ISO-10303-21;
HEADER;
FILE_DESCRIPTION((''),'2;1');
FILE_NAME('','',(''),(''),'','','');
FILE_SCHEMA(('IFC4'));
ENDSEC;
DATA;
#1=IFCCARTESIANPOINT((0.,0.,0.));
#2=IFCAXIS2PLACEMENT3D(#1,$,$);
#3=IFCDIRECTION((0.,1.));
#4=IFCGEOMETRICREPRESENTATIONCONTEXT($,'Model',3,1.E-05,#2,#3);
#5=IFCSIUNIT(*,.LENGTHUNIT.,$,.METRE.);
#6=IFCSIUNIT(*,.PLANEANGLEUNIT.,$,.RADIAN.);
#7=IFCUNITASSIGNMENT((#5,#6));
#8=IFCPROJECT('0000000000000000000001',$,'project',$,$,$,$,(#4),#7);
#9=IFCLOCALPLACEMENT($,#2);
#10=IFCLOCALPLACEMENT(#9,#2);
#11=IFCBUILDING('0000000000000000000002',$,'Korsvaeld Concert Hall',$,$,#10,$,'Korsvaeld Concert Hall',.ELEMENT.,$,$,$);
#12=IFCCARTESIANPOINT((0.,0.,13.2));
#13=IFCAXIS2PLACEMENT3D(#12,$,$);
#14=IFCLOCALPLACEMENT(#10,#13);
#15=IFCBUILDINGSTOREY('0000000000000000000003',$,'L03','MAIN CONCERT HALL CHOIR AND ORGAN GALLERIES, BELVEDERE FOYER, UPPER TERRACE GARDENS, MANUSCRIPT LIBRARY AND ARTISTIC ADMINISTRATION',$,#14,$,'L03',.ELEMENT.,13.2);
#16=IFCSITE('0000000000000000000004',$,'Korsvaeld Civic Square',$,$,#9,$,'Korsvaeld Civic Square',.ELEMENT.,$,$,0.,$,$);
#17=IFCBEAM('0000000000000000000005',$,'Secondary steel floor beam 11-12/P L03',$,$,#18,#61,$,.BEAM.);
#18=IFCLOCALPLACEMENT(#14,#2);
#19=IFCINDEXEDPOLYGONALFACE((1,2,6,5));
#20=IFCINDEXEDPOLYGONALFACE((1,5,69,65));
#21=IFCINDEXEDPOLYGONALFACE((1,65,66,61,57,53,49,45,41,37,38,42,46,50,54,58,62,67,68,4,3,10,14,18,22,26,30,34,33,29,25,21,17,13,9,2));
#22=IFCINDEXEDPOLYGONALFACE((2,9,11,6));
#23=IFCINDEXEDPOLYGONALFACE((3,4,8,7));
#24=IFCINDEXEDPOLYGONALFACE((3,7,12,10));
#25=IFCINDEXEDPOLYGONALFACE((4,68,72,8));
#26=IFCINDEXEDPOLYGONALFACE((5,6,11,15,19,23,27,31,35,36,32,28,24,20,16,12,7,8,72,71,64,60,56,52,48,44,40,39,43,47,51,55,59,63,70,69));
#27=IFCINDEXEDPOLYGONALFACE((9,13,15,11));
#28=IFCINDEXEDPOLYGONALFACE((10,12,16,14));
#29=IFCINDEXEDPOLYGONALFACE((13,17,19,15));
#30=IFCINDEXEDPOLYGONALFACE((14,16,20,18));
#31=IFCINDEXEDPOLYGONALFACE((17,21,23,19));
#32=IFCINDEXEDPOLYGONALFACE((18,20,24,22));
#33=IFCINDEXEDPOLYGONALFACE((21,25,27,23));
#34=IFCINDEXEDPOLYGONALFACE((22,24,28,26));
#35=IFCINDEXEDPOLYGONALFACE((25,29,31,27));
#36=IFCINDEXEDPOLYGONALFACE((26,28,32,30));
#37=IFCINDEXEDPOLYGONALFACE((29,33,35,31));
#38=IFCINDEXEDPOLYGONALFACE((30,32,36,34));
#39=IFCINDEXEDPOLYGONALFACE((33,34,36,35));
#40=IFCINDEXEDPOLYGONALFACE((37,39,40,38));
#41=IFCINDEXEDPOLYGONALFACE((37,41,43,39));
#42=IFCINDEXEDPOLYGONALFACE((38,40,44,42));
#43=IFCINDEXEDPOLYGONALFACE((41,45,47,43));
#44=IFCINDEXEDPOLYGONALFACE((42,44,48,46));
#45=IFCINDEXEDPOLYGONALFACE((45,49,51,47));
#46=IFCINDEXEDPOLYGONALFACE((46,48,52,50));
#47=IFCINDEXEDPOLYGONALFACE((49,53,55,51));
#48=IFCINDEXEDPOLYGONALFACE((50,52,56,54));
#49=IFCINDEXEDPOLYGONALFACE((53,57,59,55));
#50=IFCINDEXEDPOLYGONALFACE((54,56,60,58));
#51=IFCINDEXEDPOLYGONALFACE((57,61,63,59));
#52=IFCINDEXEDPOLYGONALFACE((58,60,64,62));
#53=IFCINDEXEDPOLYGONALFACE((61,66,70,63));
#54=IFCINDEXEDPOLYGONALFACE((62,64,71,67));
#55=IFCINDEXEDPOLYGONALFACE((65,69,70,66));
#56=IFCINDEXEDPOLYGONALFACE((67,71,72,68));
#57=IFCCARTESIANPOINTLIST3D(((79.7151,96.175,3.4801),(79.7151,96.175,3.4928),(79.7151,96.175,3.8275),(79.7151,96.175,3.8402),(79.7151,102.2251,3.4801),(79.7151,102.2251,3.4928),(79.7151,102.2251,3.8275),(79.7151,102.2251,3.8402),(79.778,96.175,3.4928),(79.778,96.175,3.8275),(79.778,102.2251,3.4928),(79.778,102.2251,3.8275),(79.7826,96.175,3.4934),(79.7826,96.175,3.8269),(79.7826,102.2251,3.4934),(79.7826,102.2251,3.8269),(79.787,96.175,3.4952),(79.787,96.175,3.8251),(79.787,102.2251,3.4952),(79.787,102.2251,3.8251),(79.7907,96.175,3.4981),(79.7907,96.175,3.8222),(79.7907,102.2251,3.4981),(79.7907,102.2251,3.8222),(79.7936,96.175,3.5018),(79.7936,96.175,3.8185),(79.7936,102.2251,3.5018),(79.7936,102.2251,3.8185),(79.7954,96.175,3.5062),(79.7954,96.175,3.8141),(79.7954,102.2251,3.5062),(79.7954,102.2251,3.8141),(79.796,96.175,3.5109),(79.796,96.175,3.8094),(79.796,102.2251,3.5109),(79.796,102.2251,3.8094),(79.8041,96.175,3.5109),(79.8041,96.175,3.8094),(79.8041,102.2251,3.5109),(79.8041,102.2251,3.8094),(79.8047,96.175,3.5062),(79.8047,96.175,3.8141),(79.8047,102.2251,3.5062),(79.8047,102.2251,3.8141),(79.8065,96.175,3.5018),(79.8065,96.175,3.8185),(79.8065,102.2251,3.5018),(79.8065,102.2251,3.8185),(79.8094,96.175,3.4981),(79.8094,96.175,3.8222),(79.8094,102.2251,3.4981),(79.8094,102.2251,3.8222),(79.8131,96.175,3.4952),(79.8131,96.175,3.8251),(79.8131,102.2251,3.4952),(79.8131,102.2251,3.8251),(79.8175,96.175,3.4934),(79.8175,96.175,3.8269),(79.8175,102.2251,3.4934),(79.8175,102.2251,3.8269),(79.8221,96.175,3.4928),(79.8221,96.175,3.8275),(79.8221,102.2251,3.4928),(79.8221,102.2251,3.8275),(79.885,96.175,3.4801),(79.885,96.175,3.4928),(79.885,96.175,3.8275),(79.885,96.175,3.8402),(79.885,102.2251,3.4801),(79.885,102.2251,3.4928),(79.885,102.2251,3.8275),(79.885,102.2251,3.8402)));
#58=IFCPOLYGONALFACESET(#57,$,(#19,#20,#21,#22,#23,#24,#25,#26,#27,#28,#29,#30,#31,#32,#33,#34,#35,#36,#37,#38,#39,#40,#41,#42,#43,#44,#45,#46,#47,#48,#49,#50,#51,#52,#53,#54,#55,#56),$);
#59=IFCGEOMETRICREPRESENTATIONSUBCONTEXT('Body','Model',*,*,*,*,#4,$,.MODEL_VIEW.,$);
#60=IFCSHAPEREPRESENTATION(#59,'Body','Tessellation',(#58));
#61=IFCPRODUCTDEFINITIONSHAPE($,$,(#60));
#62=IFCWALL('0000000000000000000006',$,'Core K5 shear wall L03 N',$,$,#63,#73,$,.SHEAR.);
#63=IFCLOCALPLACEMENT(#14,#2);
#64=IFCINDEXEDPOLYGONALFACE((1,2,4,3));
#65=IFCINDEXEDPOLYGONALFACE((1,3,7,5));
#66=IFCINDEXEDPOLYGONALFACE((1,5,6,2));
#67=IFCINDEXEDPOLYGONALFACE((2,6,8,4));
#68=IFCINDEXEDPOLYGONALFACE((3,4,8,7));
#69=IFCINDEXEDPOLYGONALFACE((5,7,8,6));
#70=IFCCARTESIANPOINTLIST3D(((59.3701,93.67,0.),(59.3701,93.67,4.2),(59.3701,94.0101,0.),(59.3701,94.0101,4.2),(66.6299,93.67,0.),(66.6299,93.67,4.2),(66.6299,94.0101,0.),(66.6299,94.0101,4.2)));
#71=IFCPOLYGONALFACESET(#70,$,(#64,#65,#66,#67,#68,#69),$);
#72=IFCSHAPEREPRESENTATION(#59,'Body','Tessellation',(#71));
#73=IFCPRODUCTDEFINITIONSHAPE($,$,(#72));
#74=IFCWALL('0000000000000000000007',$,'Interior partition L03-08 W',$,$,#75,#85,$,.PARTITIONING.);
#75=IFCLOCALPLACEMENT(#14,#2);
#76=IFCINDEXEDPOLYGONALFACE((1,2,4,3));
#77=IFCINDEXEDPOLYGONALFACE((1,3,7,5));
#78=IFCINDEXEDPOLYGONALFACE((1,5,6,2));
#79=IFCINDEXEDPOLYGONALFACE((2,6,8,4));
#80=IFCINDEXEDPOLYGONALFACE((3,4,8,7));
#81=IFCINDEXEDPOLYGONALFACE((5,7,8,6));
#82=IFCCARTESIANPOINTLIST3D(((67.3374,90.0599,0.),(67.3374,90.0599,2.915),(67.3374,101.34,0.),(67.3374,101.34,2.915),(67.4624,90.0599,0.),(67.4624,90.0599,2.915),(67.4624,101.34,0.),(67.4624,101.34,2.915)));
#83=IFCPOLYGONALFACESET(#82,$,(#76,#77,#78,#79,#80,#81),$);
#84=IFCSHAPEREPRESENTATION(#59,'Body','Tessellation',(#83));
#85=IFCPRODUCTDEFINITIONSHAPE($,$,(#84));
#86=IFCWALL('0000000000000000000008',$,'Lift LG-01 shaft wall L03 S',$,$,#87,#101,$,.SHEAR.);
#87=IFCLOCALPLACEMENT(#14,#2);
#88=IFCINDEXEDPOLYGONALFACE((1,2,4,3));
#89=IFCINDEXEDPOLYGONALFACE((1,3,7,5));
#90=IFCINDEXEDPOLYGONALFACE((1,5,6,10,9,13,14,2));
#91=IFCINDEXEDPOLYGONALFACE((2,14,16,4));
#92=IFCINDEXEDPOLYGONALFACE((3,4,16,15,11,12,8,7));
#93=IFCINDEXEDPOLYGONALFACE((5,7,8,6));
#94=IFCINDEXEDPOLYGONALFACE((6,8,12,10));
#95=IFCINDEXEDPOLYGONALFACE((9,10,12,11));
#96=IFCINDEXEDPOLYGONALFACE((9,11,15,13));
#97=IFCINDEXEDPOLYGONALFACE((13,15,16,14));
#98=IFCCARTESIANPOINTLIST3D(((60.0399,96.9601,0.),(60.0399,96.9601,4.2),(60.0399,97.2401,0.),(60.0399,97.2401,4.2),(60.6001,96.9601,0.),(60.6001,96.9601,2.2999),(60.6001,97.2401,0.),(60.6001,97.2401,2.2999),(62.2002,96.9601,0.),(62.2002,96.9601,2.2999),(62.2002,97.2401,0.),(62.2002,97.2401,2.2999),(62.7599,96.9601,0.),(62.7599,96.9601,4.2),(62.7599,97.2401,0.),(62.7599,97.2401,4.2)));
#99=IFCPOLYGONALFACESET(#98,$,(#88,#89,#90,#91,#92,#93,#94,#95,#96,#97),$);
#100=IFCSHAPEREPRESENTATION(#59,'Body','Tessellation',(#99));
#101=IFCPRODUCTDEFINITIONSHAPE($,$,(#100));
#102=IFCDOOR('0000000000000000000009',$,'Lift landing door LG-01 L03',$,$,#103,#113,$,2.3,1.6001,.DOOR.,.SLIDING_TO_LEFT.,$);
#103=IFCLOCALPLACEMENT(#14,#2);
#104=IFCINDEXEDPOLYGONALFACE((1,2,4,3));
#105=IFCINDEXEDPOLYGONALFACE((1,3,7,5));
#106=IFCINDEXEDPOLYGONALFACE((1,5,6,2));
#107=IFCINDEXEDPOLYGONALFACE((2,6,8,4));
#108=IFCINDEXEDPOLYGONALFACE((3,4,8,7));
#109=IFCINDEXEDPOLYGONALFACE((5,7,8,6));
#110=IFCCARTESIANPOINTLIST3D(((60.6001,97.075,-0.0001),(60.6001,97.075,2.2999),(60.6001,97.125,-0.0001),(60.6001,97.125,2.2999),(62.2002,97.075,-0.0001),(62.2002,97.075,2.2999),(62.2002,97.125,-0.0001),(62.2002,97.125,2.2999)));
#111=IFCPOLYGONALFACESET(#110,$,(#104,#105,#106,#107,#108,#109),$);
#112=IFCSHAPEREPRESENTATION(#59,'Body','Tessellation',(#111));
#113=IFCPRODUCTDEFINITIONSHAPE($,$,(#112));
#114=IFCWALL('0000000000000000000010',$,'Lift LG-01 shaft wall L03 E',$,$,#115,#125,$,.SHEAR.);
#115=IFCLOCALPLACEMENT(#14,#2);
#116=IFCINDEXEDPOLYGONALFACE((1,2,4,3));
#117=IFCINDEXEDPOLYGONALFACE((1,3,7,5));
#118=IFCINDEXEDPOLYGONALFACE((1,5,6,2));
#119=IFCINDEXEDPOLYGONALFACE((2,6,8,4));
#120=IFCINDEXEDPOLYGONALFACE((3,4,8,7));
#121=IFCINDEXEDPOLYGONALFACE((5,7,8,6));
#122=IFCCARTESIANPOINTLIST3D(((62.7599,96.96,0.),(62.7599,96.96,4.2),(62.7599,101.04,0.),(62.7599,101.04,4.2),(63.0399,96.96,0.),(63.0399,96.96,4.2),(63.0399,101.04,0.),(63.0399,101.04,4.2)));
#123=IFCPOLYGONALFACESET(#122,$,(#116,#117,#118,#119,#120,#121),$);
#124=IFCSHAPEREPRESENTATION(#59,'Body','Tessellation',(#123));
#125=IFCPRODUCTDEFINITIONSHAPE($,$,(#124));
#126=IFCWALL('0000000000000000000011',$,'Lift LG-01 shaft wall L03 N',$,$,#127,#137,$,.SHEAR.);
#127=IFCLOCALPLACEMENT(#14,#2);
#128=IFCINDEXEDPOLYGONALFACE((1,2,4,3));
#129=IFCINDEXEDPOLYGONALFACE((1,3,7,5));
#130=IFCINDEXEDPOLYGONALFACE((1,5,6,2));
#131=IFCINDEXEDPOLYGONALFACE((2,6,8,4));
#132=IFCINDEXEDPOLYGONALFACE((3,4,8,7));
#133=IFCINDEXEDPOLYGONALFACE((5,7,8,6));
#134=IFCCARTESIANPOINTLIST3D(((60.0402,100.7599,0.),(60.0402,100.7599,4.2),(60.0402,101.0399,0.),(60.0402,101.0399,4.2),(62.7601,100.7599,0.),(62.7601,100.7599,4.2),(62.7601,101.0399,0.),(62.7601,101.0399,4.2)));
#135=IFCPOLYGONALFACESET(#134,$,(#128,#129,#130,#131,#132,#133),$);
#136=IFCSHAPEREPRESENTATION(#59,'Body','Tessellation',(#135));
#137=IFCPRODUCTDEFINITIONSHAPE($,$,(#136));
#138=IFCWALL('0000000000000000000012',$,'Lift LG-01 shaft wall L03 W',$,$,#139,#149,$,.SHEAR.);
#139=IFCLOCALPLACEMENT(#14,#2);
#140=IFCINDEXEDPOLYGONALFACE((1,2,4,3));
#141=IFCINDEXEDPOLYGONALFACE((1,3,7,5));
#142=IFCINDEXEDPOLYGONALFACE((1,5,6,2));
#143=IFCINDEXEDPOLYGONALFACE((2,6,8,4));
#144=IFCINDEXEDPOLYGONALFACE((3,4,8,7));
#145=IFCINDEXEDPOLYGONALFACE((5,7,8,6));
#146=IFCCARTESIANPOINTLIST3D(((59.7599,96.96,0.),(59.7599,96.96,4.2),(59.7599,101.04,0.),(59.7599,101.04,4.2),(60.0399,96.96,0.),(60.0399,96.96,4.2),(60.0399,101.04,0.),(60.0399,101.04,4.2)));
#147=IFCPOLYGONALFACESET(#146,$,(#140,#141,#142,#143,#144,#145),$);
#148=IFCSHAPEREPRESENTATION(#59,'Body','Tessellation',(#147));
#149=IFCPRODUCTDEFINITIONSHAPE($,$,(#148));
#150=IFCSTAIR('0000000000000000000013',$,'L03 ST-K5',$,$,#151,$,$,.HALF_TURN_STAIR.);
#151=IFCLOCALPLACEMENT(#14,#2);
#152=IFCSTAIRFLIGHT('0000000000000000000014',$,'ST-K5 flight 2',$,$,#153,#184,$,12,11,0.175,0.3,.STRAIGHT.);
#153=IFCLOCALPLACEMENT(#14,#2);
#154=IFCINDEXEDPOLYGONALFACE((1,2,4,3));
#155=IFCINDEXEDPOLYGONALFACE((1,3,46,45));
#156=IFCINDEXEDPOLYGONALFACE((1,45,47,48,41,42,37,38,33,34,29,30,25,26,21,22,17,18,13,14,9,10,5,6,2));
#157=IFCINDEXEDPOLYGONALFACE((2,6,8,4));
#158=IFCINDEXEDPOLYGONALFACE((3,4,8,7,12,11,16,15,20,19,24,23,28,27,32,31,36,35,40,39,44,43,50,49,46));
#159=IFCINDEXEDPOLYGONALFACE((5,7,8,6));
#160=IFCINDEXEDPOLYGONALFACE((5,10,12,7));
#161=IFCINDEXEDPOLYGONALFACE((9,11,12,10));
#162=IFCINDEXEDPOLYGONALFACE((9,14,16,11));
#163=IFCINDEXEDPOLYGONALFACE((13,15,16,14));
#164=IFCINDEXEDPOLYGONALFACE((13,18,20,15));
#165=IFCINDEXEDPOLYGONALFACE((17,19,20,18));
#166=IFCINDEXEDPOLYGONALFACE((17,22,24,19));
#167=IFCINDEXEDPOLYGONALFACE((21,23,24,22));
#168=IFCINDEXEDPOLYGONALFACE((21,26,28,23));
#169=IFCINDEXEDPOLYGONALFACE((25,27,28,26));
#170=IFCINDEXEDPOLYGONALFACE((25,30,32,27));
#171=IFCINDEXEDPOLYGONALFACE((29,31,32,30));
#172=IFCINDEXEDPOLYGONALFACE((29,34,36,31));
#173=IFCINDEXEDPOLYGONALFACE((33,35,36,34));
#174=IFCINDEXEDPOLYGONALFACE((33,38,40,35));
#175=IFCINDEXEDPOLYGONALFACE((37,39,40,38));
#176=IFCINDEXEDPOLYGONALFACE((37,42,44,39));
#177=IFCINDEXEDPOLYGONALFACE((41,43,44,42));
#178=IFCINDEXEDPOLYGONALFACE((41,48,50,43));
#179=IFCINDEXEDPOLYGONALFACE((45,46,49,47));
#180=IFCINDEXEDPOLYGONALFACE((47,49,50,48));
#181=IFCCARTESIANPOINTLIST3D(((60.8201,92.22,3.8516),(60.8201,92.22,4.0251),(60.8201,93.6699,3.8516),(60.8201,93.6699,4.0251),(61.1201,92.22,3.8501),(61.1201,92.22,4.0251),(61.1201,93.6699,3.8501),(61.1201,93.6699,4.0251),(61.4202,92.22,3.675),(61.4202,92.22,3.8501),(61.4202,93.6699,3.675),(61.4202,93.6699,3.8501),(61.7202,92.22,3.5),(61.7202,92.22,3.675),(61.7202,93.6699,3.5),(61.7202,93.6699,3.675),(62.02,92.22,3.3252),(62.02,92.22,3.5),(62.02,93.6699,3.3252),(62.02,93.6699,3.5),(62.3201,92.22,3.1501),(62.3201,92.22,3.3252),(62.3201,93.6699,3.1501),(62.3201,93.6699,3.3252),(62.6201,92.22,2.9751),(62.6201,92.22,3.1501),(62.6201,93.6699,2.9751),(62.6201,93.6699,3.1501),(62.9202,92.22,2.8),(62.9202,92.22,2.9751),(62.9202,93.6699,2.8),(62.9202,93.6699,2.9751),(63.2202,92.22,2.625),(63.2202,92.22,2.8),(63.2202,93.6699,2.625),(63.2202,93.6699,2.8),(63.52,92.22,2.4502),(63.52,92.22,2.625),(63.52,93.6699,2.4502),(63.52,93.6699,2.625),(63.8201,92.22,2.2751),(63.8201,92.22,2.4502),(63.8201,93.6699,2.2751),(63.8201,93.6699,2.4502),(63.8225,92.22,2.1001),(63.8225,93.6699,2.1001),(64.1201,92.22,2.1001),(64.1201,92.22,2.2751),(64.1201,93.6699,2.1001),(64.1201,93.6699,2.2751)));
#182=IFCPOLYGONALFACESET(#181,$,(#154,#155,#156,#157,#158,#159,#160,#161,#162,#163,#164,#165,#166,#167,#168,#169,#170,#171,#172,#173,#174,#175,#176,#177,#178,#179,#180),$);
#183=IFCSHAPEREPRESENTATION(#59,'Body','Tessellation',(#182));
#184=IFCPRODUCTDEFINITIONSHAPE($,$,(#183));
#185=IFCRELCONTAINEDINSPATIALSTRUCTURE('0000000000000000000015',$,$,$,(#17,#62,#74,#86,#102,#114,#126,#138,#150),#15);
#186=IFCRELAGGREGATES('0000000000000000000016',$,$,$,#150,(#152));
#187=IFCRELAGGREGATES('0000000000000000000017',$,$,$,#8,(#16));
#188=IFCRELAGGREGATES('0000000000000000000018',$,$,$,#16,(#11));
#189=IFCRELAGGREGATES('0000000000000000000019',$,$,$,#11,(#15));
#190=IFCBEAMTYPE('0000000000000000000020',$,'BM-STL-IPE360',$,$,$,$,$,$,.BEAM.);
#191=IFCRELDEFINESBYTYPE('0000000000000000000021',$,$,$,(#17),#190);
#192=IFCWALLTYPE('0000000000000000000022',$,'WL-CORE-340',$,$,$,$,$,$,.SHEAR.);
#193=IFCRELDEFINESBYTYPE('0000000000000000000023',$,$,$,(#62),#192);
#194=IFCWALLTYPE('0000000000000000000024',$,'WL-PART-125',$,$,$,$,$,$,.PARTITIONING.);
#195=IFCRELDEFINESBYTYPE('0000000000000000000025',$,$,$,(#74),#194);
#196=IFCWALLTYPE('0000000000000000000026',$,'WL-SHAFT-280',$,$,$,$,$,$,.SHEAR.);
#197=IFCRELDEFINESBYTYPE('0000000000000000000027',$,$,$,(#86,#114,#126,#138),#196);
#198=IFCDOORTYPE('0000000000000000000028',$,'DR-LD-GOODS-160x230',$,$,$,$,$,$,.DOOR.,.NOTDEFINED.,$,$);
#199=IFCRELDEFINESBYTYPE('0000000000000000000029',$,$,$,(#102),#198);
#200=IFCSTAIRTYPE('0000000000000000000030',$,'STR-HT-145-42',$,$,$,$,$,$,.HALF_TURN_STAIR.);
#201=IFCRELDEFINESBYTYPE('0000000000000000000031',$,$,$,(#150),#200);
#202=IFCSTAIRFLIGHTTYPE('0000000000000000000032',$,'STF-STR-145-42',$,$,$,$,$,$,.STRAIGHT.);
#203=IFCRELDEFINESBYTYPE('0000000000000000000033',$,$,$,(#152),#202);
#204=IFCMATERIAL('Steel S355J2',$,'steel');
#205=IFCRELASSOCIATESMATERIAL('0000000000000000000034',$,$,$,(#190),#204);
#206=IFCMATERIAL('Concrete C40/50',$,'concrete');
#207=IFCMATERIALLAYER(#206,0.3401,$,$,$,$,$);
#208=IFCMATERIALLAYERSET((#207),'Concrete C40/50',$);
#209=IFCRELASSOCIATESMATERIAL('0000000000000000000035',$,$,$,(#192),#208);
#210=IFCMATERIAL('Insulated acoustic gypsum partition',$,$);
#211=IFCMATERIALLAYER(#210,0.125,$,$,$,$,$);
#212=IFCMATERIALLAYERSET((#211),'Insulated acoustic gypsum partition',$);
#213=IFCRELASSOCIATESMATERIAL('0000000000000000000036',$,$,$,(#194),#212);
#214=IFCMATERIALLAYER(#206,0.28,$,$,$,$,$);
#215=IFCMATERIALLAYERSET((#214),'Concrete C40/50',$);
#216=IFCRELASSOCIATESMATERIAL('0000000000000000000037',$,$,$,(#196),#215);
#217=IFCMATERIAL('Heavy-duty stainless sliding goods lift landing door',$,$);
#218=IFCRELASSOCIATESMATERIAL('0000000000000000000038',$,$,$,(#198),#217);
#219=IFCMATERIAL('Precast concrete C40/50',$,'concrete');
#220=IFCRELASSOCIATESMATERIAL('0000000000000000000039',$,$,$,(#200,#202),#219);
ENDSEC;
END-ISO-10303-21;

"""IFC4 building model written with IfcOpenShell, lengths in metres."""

from ifc_helpers import new_model, si_unit, direction, frame, frame_2d, origin, origin_2d, place, context, subcontext, project, spatial, polyline, rectangle, i_section, outline, extrude, material, layer, layer_set, material_profile, profile_set, type_object, element, fill, aggregate, save


model = new_model("IFC4")

# Units and contexts
model_context = context("Model", 3, precision=1e-05, world=origin(), true_north=direction((0.0, 1.0)))
body_context = subcontext(model_context, "Body", "Model", "MODEL_VIEW")
ifc_project = project(units=[si_unit("LENGTHUNIT", "METRE"), si_unit("PLANEANGLEUNIT", "RADIAN")], contexts=[model_context])

# Site, building, storey
site_placement = place(None, origin())
site = spatial("IfcSite", under=ifc_project, at=site_placement, Name="Korsvaeld Civic Square", LongName="Korsvaeld Civic Square", CompositionType="ELEMENT", RefElevation=0.0)
building_placement = place(site_placement, origin())
building = spatial("IfcBuilding", under=site, at=building_placement, Name="Korsvaeld Concert Hall", LongName="Korsvaeld Concert Hall", CompositionType="ELEMENT")
storey_placement = place(building_placement, frame((0.0, 0.0, 13.2)))
storey = spatial("IfcBuildingStorey", under=building, at=storey_placement, Name="L03", Description="MAIN CONCERT HALL CHOIR AND ORGAN GALLERIES, BELVEDERE FOYER, UPPER TERRACE GARDENS, MANUSCRIPT LIBRARY AND ARTISTIC ADMINISTRATION", LongName="L03", CompositionType="ELEMENT", Elevation=13.2)

# Shared definitions
ifc_material_1 = material(Name="Concrete C40/50", Category="concrete")

# Beam
ifc_material_2 = material(Name="Steel S355J2", Category="steel")
ifc_material_profile_1 = material_profile(ifc_material_2, i_section(OverallWidth=0.1699, OverallDepth=0.3601, WebThickness=0.0081, FlangeThickness=0.0127, FilletRadius=0.0181, at=origin_2d()), Name="IPE 360")
ifc_profile_set_1 = profile_set([ifc_material_profile_1], Name="Steel S355J2")
beam_type_1 = type_object("IfcBeamType", Name="BM-STL-IPE360", PredefinedType="BEAM", material=ifc_profile_set_1)
beam_1_placement = place(storey_placement, frame((79.8, 96.175, 3.6602), z_axis=(0.0, 1.0, 0.0), x_axis=(-1.0, 0.0, 0.0)))
element("IfcBeam", 1, at=beam_1_placement, inside=storey, type_object=beam_type_1, Name="Secondary steel floor beam 11-12/P L03", PredefinedType="BEAM", context=body_context, shape_type="SweptSolid", body=[
    extrude(i_section(OverallWidth=0.1699, OverallDepth=0.3601, WebThickness=0.0081, FlangeThickness=0.0127, FilletRadius=0.0181, at=origin_2d()), origin(), (0.0, 0.0, 1.0), 6.05),
])

# Wall
ifc_layer_1 = layer(ifc_material_1, 0.3401)
ifc_layer_set_1 = layer_set([ifc_layer_1], Name="Concrete C40/50")
wall_type_1 = type_object("IfcWallType", Name="WL-CORE-340", PredefinedType="SHEAR", material=ifc_layer_set_1)
wall_1_placement = place(storey_placement, frame((66.6299, 93.8401, 0.0), z_axis=(0.0, 0.0, 1.0), x_axis=(-1.0, 0.0, 0.0)))
element("IfcWall", 2, at=wall_1_placement, inside=storey, type_object=wall_type_1, Name="Core K5 shear wall L03 N", PredefinedType="SHEAR", context=body_context, shape_type="SweptSolid", body=[
    extrude(rectangle(XDim=7.2598, YDim=0.3401, at=frame_2d((3.6299, 0.0))), origin(), (0.0, 0.0, 1.0), 4.2),
])

# Wall
ifc_material_3 = material(Name="Insulated acoustic gypsum partition")
ifc_layer_2 = layer(ifc_material_3, 0.125)
ifc_layer_set_2 = layer_set([ifc_layer_2], Name="Insulated acoustic gypsum partition")
wall_type_2 = type_object("IfcWallType", Name="WL-PART-125", PredefinedType="PARTITIONING", material=ifc_layer_set_2)
wall_2_placement = place(storey_placement, frame((67.3999, 101.3401, 0.0), z_axis=(0.0, 0.0, 1.0), x_axis=(0.0, -1.0, 0.0)))
element("IfcWall", 3, at=wall_2_placement, inside=storey, type_object=wall_type_2, Name="Interior partition L03-08 W", PredefinedType="PARTITIONING", context=body_context, shape_type="SweptSolid", body=[
    extrude(rectangle(XDim=11.28, YDim=0.125, at=frame_2d((5.6401, 0.0))), origin(), (0.0, 0.0, 1.0), 2.915),
])

# Wall, opening, door
ifc_layer_3 = layer(ifc_material_1, 0.28)
ifc_layer_set_3 = layer_set([ifc_layer_3], Name="Concrete C40/50")
wall_type_3 = type_object("IfcWallType", Name="WL-SHAFT-280", PredefinedType="SHEAR", material=ifc_layer_set_3)
wall_3_placement = place(storey_placement, frame((60.04, 97.1001, 0.0), z_axis=(0.0, 0.0, 1.0), x_axis=(1.0, 0.0, 0.0)))
wall_3 = element("IfcWall", 4, at=wall_3_placement, inside=storey, type_object=wall_type_3, Name="Lift LG-01 shaft wall L03 S", PredefinedType="SHEAR", context=body_context, shape_type="SweptSolid", body=[
    extrude(rectangle(XDim=2.72, YDim=0.28, at=frame_2d((1.3599, 0.0))), origin(), (0.0, 0.0, 1.0), 4.2),
])
opening_1_placement = place(wall_3_placement, frame((0.5601, 0.0, 0.0)))
opening_1 = element("IfcOpeningElement", 5, at=opening_1_placement, cuts=wall_3, PredefinedType="OPENING", context=body_context, shape_type="SweptSolid", body=[
    extrude(rectangle(XDim=1.6001, YDim=2.3, at=frame_2d((0.8, 1.1499))), frame((0.0, 0.1499, 0.0), z_axis=(0.0, -1.0, 0.0), x_axis=(1.0, 0.0, 0.0)), (0.0, 0.0, 1.0), 0.3),
])
ifc_material_4 = material(Name="Heavy-duty stainless sliding goods lift landing door")
door_type_1 = type_object("IfcDoorType", Name="DR-LD-GOODS-160x230", OperationType="NOTDEFINED", PredefinedType="DOOR", material=ifc_material_4)
door_1_placement = place(opening_1_placement, origin())
door_1 = element("IfcDoor", 6, at=door_1_placement, inside=storey, type_object=door_type_1, Name="Lift landing door LG-01 L03", OperationType="SLIDING_TO_LEFT", OverallHeight=2.3, OverallWidth=1.6001, PredefinedType="DOOR", context=body_context, shape_type="SweptSolid", body=[
    extrude(rectangle(XDim=1.6001, YDim=2.3, at=frame_2d((0.8, 1.1499))), frame((0.0, 0.0249, 0.0), z_axis=(0.0, -1.0, 0.0), x_axis=(1.0, 0.0, 0.0)), (0.0, 0.0, 1.0), 0.05),
])
fill(opening_1, door_1)

# Walls
wall_4_placement = place(storey_placement, frame((62.8999, 96.96, 0.0), z_axis=(0.0, 0.0, 1.0), x_axis=(0.0, 1.0, 0.0)))
element("IfcWall", 7, at=wall_4_placement, inside=storey, type_object=wall_type_3, Name="Lift LG-01 shaft wall L03 E", PredefinedType="SHEAR", context=body_context, shape_type="SweptSolid", body=[
    extrude(rectangle(XDim=4.0801, YDim=0.28, at=frame_2d((2.04, 0.0))), origin(), (0.0, 0.0, 1.0), 4.2),
])
wall_5_placement = place(storey_placement, frame((62.76, 100.8999, 0.0), z_axis=(0.0, 0.0, 1.0), x_axis=(-1.0, 0.0, 0.0)))
element("IfcWall", 8, at=wall_5_placement, inside=storey, type_object=wall_type_3, Name="Lift LG-01 shaft wall L03 N", PredefinedType="SHEAR", context=body_context, shape_type="SweptSolid", body=[
    extrude(rectangle(XDim=2.72, YDim=0.28, at=frame_2d((1.3599, 0.0))), origin(), (0.0, 0.0, 1.0), 4.2),
])
wall_6_placement = place(storey_placement, frame((59.8999, 101.04, 0.0), z_axis=(0.0, 0.0, 1.0), x_axis=(0.0, -1.0, 0.0)))
element("IfcWall", 9, at=wall_6_placement, inside=storey, type_object=wall_type_3, Name="Lift LG-01 shaft wall L03 W", PredefinedType="SHEAR", context=body_context, shape_type="SweptSolid", body=[
    extrude(rectangle(XDim=4.0801, YDim=0.28, at=frame_2d((2.04, 0.0))), origin(), (0.0, 0.0, 1.0), 4.2),
])

# Stair, stair flight
ifc_material_5 = material(Name="Precast concrete C40/50", Category="concrete")
stair_type = type_object("IfcStairType", Name="STR-HT-145-42", PredefinedType="HALF_TURN_STAIR", material=ifc_material_5)
stair_placement = place(storey_placement, origin())
stair = element("IfcStair", 10, at=stair_placement, inside=storey, type_object=stair_type, Name="L03 ST-K5", PredefinedType="HALF_TURN_STAIR")
stair_flight_type = type_object("IfcStairFlightType", Name="STF-STR-145-42", PredefinedType="STRAIGHT", material=ifc_material_5)
stair_flight_placement = place(storey_placement, frame((64.1201, 92.9451, 2.1001), z_axis=(0.0, 0.0, 1.0), x_axis=(-1.0, 0.0, 0.0)))
stair_flight = element("IfcStairFlight", 11, at=stair_flight_placement, type_object=stair_flight_type, Name="ST-K5 flight 2", NumberOfRisers=12, NumberOfTreads=11, PredefinedType="STRAIGHT", RiserHeight=0.175, TreadLength=0.3, context=body_context, shape_type="SweptSolid", body=[
    extrude(outline(polyline([(0.0, 0.0), (0.0, 0.175), (0.3, 0.175), (0.3, 0.3501), (0.6001, 0.3501), (0.6001, 0.5249), (0.8999, 0.5249), (0.8999, 0.7), (1.2, 0.7), (1.2, 0.875), (1.5, 0.875), (1.5, 1.05), (1.8, 1.05), (1.8, 1.2251), (2.1001, 1.2251), (2.1001, 1.3999), (2.3999, 1.3999), (2.3999, 1.575), (2.7, 1.575), (2.7, 1.75), (3.0, 1.75), (3.0, 1.925), (3.3, 1.925), (3.3, 2.1001), (3.3, 1.7515), (0.2976, 0.0), (0.0, 0.0)])), frame((0.0, 0.7251, 0.0), z_axis=(0.0, -1.0, 0.0), x_axis=(1.0, 0.0, 0.0)), (0.0, 0.0, 1.0), 1.45),
])
aggregate(stair, [stair_flight])

save(model, "model.ifc")
